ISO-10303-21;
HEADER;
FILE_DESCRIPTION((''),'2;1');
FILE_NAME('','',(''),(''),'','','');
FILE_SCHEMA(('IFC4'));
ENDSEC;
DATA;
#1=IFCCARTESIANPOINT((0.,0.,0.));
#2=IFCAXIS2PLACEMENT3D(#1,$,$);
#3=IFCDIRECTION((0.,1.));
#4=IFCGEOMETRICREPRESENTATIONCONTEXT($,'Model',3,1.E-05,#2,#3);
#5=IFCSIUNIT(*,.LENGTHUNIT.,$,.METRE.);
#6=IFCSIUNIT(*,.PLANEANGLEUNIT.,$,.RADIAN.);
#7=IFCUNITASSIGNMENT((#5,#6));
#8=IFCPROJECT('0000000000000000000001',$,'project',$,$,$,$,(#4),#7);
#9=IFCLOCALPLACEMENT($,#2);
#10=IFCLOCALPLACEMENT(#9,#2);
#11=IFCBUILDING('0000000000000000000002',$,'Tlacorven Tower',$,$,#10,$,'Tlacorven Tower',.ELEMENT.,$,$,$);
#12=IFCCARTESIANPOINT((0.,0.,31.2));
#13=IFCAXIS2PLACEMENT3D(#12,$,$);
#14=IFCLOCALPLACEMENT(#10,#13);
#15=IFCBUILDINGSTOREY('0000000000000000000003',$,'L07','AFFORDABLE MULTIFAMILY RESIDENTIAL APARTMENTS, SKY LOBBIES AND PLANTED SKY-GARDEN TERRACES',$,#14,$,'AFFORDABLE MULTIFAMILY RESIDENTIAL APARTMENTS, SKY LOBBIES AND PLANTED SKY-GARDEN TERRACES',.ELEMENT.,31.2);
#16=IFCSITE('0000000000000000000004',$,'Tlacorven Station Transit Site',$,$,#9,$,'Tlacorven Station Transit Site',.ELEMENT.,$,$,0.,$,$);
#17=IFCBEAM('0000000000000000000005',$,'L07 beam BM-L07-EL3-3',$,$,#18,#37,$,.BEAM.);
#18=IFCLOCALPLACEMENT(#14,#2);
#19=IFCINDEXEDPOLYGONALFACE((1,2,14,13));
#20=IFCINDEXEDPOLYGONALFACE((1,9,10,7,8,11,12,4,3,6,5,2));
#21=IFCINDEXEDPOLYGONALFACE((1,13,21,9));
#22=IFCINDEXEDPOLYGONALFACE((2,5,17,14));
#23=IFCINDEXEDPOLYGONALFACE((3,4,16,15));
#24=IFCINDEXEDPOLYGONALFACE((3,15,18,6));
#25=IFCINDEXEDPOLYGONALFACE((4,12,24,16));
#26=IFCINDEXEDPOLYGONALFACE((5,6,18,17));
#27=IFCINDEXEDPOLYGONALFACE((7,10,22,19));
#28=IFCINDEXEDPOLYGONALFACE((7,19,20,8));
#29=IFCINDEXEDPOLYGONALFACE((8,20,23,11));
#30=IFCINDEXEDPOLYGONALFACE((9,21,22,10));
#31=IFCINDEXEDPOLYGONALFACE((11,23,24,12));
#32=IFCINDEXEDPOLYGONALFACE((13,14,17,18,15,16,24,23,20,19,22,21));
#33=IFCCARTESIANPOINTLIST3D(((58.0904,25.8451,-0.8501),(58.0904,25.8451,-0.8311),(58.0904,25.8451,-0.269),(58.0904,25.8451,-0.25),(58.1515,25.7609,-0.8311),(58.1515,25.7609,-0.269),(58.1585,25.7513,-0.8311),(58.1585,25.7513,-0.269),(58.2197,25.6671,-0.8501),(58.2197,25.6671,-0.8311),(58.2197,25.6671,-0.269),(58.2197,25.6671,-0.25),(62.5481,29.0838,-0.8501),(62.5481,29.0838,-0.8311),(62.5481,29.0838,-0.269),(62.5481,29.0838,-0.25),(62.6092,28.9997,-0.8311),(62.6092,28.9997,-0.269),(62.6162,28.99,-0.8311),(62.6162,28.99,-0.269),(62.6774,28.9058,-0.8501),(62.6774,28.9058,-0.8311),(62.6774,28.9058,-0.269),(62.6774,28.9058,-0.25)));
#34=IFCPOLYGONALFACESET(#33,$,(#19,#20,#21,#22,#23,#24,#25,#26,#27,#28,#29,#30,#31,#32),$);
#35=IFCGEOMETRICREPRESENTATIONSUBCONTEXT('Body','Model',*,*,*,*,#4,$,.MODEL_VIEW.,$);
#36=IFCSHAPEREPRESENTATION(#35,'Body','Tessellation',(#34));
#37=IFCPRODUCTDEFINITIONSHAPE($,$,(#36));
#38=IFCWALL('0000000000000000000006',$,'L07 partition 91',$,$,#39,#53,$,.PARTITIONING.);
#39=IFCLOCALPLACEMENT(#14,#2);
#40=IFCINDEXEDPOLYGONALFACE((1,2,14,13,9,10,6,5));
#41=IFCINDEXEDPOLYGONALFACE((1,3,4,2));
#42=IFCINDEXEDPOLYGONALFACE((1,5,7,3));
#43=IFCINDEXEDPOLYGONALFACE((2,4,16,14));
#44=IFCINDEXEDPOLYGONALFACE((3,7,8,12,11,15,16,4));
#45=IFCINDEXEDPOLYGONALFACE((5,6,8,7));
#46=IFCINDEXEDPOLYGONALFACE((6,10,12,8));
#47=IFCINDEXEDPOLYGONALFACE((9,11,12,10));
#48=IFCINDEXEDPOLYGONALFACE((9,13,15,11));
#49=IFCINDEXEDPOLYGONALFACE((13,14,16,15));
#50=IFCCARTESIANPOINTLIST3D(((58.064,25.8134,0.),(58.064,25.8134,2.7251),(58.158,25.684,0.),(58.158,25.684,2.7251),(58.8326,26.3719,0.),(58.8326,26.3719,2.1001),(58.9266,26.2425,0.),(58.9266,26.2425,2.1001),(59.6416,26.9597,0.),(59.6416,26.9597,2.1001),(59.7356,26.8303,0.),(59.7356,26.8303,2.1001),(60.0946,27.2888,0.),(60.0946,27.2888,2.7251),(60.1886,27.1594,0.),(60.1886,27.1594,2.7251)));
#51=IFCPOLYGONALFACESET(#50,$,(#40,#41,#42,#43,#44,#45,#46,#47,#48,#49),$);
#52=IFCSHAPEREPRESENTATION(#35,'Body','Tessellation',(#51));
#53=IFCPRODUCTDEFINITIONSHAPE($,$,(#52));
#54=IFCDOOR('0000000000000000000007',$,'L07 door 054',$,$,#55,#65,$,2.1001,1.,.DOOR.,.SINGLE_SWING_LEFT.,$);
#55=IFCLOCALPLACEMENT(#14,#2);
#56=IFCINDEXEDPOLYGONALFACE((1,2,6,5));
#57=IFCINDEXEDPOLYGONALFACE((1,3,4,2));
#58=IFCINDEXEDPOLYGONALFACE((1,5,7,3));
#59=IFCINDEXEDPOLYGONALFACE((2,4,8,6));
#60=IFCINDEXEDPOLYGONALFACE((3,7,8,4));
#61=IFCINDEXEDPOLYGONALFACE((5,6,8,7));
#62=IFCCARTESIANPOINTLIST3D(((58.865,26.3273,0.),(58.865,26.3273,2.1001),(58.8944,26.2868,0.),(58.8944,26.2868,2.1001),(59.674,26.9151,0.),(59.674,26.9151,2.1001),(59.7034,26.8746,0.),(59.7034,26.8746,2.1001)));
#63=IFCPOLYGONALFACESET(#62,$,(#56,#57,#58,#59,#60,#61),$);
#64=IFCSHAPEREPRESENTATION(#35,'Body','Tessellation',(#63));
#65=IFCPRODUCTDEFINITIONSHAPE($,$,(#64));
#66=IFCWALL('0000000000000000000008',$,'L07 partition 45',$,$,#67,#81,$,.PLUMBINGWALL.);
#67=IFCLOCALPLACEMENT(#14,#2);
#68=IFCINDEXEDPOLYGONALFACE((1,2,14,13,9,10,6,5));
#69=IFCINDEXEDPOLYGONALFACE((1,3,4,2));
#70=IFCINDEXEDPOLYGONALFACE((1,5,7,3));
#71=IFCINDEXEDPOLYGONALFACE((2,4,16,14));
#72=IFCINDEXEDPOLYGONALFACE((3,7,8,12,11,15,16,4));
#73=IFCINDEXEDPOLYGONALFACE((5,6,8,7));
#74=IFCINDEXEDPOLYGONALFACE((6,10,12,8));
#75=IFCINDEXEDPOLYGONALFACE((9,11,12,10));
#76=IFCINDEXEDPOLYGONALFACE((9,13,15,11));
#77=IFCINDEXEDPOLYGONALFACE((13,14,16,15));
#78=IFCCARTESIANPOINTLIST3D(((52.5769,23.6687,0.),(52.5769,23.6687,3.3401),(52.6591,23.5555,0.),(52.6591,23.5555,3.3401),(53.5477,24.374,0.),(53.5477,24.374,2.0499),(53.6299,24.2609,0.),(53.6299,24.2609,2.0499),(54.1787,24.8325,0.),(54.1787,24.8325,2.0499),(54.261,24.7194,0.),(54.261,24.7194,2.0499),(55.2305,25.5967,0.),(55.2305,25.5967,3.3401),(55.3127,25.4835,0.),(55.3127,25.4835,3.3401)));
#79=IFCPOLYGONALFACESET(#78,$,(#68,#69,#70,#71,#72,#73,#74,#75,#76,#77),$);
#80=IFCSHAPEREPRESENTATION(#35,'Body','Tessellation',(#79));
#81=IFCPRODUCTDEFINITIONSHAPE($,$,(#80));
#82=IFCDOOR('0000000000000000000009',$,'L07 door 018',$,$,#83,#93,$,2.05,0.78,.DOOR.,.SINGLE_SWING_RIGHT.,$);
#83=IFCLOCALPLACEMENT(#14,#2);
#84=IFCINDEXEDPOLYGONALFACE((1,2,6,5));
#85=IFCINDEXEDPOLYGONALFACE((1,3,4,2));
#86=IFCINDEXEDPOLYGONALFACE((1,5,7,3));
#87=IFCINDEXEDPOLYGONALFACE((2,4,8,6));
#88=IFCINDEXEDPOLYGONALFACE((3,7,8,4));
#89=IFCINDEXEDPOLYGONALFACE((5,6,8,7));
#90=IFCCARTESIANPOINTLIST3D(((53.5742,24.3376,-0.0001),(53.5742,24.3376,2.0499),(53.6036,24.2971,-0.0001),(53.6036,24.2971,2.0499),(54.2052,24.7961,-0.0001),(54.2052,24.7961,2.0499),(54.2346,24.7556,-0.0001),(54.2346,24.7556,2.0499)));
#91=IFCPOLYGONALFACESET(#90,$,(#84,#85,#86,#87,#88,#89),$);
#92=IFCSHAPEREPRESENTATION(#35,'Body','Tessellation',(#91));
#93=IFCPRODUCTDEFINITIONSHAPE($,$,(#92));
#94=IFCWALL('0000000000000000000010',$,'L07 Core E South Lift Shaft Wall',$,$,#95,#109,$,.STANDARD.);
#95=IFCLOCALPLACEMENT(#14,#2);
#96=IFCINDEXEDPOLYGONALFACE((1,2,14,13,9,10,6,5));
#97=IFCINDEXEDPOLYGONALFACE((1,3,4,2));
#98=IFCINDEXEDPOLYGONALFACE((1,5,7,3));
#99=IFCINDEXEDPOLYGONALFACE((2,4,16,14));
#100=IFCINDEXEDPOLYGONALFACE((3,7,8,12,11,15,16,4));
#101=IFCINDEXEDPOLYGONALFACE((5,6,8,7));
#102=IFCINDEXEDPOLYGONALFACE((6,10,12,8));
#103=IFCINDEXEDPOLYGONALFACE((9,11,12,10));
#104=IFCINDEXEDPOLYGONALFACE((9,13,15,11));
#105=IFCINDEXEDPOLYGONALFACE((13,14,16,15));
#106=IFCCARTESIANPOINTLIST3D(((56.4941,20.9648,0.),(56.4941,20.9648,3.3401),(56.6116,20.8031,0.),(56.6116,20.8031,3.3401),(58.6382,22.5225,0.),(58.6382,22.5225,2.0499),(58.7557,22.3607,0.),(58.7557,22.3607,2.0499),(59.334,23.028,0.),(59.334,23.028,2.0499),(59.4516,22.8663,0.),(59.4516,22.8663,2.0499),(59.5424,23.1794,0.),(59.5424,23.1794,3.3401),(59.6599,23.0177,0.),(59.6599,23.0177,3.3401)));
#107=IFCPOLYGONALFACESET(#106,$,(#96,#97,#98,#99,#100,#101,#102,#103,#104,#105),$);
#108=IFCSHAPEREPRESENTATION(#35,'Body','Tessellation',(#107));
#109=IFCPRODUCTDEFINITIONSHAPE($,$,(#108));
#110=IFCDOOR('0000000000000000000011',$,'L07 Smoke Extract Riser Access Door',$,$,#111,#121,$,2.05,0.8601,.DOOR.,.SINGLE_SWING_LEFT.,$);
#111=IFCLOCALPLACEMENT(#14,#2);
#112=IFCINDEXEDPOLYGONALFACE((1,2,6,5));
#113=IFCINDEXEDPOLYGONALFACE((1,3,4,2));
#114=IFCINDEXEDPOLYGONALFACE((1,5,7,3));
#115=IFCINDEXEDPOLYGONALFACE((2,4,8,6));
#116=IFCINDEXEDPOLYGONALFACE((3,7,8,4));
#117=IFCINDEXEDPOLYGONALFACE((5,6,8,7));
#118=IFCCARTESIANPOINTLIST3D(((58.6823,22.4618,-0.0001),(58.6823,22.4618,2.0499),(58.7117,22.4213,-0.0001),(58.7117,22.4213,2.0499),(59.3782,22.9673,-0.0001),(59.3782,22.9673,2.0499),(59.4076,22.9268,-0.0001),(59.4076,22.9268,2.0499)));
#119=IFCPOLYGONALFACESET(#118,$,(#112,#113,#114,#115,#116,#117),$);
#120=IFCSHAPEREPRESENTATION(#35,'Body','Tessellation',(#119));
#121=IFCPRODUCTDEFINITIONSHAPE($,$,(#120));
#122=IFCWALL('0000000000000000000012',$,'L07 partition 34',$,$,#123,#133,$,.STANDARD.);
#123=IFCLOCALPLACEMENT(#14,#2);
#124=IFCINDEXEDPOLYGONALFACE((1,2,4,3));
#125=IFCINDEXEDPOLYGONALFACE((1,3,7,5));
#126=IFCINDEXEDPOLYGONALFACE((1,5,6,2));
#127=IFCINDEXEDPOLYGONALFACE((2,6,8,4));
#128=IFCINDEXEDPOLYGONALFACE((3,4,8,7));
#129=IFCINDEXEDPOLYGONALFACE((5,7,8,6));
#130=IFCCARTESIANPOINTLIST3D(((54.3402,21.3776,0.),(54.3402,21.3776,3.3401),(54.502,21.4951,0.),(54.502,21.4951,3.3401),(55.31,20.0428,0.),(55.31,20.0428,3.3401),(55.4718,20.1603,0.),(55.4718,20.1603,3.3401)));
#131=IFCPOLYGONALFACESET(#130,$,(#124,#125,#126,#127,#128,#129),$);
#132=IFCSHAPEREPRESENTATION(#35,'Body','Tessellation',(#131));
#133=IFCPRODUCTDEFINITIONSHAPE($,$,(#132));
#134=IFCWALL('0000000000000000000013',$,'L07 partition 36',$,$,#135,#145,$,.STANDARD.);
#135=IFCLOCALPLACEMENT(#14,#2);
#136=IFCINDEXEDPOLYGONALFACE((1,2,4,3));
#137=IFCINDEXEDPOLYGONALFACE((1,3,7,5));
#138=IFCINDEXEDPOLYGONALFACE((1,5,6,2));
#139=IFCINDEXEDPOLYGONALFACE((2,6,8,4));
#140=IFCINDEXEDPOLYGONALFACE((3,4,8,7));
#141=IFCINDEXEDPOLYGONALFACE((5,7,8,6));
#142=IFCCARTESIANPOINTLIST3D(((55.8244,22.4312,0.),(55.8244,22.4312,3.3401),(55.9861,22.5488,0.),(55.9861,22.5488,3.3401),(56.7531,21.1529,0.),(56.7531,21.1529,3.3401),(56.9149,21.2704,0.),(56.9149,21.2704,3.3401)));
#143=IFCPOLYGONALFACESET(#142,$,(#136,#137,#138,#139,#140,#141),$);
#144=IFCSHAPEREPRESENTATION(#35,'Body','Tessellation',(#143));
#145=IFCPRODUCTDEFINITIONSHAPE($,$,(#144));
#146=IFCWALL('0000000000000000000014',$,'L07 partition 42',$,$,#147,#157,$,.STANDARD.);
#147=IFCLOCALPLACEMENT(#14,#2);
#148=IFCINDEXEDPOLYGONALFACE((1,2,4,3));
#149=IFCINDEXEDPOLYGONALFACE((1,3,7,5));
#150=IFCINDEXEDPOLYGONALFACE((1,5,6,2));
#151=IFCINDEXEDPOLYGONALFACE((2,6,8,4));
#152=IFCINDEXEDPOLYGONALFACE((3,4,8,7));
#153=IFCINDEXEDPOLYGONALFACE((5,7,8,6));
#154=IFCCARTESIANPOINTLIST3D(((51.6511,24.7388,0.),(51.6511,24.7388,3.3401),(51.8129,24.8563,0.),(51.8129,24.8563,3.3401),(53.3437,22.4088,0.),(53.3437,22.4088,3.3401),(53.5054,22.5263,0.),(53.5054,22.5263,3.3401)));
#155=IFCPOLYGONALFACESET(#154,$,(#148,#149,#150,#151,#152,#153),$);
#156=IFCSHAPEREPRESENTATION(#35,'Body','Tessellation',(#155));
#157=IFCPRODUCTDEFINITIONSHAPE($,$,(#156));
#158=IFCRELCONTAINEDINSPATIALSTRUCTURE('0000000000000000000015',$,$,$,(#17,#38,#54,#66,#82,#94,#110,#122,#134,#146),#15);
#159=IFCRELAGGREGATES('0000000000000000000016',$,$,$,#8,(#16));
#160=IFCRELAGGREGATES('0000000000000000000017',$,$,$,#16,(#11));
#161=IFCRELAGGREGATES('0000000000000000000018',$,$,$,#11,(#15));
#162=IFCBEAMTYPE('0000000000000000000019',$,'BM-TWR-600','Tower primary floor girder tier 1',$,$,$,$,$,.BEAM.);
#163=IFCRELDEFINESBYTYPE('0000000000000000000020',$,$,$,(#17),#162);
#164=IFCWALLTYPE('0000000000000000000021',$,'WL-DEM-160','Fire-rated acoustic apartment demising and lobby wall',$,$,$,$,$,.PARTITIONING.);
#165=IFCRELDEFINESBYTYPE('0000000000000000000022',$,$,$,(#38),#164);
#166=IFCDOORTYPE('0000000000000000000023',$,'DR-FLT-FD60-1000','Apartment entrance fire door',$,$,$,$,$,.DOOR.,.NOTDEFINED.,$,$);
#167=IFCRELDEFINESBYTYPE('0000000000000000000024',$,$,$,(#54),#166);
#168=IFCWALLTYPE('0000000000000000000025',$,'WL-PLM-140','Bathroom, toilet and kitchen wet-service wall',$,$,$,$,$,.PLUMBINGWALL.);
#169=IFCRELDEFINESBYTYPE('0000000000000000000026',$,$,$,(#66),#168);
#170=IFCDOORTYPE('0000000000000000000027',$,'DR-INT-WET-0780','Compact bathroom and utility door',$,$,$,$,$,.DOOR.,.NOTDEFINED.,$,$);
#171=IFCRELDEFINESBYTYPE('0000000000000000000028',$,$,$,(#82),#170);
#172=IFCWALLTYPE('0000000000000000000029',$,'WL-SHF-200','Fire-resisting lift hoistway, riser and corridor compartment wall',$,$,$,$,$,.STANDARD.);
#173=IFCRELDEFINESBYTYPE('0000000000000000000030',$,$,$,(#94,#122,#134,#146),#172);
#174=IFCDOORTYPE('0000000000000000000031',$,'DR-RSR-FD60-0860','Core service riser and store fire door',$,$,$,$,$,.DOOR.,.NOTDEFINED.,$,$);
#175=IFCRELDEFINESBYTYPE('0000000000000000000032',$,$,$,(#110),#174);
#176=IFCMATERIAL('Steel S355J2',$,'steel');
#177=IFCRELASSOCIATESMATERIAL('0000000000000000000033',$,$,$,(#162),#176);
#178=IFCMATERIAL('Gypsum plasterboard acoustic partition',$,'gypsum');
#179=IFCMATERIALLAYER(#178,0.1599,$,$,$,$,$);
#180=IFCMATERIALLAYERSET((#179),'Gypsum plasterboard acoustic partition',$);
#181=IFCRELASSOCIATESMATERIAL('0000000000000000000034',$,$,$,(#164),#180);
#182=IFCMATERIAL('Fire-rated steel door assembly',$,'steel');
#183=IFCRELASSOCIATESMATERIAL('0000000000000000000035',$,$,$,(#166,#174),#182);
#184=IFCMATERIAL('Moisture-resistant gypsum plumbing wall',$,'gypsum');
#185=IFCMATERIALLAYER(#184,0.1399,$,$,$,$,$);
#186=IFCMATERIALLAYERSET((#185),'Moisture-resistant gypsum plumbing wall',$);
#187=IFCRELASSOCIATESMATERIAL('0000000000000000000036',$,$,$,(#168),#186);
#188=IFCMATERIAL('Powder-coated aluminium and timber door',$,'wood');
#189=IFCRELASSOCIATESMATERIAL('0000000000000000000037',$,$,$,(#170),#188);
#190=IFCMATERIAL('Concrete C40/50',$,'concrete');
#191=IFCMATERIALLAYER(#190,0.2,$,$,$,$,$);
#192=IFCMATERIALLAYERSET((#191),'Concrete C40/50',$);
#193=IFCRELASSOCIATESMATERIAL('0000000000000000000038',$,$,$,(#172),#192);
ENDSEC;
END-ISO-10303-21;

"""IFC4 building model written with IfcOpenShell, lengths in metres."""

from ifc_helpers import new_model, si_unit, direction, frame, frame_2d, origin, origin_2d, place, context, subcontext, project, spatial, rectangle, i_section, extrude, source, transform, mapped, material, layer, layer_set, material_profile, profile_set, type_object, element, fill, save


model = new_model("IFC4")

# Units and contexts
model_context = context("Model", 3, precision=1e-05, world=origin(), true_north=direction((0.0, 1.0)))
body_context = subcontext(model_context, "Body", "Model", "MODEL_VIEW")
ifc_project = project(units=[si_unit("LENGTHUNIT", "METRE"), si_unit("PLANEANGLEUNIT", "RADIAN")], contexts=[model_context])

# Site, building, storey
site_placement = place(None, origin())
site = spatial("IfcSite", under=ifc_project, at=site_placement, Name="Tlacorven Station Transit Site", LongName="Tlacorven Station Transit Site", CompositionType="ELEMENT", RefElevation=0.0)
building_placement = place(site_placement, origin())
building = spatial("IfcBuilding", under=site, at=building_placement, Name="Tlacorven Tower", LongName="Tlacorven Tower", CompositionType="ELEMENT")
storey_placement = place(building_placement, frame((0.0, 0.0, 31.2)))
storey = spatial("IfcBuildingStorey", under=building, at=storey_placement, Name="L07", Description="AFFORDABLE MULTIFAMILY RESIDENTIAL APARTMENTS, SKY LOBBIES AND PLANTED SKY-GARDEN TERRACES", LongName="AFFORDABLE MULTIFAMILY RESIDENTIAL APARTMENTS, SKY LOBBIES AND PLANTED SKY-GARDEN TERRACES", CompositionType="ELEMENT", Elevation=31.2)

# Beam
ifc_material_1 = material(Name="Steel S355J2", Category="steel")
ifc_material_profile = material_profile(ifc_material_1, i_section(OverallWidth=0.22, OverallDepth=0.6001, WebThickness=0.012, FlangeThickness=0.019, at=origin_2d()), Name="IPE 600")
ifc_profile_set = profile_set([ifc_material_profile], Name="Steel S355J2")
beam_type = type_object("IfcBeamType", Name="BM-TWR-600", Description="Tower primary floor girder tier 1", PredefinedType="BEAM", material=ifc_profile_set)
shared_shape_1 = source(origin(), body_context, "Body", "SweptSolid", [
    extrude(i_section(OverallWidth=0.22, OverallDepth=0.6001, WebThickness=0.012, FlangeThickness=0.019, at=origin_2d()), origin(), (0.0, 0.0, 1.0), 5.51),
])
beam_placement = place(storey_placement, frame((58.155, 25.7561, -0.55), z_axis=(0.809016, 0.587787, 0.0), x_axis=(-0.587787, 0.809016, 0.0)))
element("IfcBeam", 1, at=beam_placement, inside=storey, type_object=beam_type, Name="L07 beam BM-L07-EL3-3", PredefinedType="BEAM", context=body_context, shape_type="MappedRepresentation", body=[
    mapped(shared_shape_1, transform((0.0, 0.0, 0.0), scale=1.0)),
])

# Walls, openings, doors
ifc_material_2 = material(Name="Gypsum plasterboard acoustic partition", Category="gypsum")
ifc_layer_1 = layer(ifc_material_2, 0.1599)
ifc_layer_set_1 = layer_set([ifc_layer_1], Name="Gypsum plasterboard acoustic partition")
wall_type_1 = type_object("IfcWallType", Name="WL-DEM-160", Description="Fire-rated acoustic apartment demising and lobby wall", PredefinedType="PARTITIONING", material=ifc_layer_set_1)
wall_1_placement = place(storey_placement, frame((58.1111, 25.7488, 0.0), z_axis=(0.0, 0.0, 1.0), x_axis=(0.809001, 0.587807, 0.0)))
wall_1 = element("IfcWall", 2, at=wall_1_placement, inside=storey, type_object=wall_type_1, Name="L07 partition 91", PredefinedType="PARTITIONING", context=body_context, shape_type="SweptSolid", body=[
    extrude(rectangle(XDim=2.51, YDim=0.1599, at=frame_2d((1.2549, 0.0))), origin(), (0.0, 0.0, 1.0), 2.7251),
])
opening_1_placement = place(wall_1_placement, frame((0.95, 0.0, 0.0)))
opening_1 = element("IfcOpeningElement", 3, at=opening_1_placement, cuts=wall_1, PredefinedType="OPENING", context=body_context, shape_type="SweptSolid", body=[
    extrude(rectangle(XDim=1.0, YDim=2.1001, at=frame_2d((0.5, 1.05))), frame((0.0, 0.0898, 0.0), z_axis=(0.0, -1.0, 0.0), x_axis=(1.0, 0.0, 0.0)), (0.0, 0.0, 1.0), 0.1799),
])
ifc_material_3 = material(Name="Fire-rated steel door assembly", Category="steel")
door_type_1 = type_object("IfcDoorType", Name="DR-FLT-FD60-1000", Description="Apartment entrance fire door", OperationType="NOTDEFINED", PredefinedType="DOOR", material=ifc_material_3)
shared_shape_2 = source(origin(), body_context, "Body", "SweptSolid", [
    extrude(rectangle(XDim=1.0, YDim=2.1001, at=frame_2d((0.5, 1.05))), frame((0.0, 0.0249, 0.0), z_axis=(0.0, -1.0, 0.0), x_axis=(1.0, 0.0, 0.0)), (0.0, 0.0, 1.0), 0.05),
])
door_1_placement = place(opening_1_placement, origin())
door_1 = element("IfcDoor", 4, at=door_1_placement, inside=storey, type_object=door_type_1, Name="L07 door 054", OperationType="SINGLE_SWING_LEFT", OverallHeight=2.1001, OverallWidth=1.0, PredefinedType="DOOR", context=body_context, shape_type="MappedRepresentation", body=[
    mapped(shared_shape_2, transform((0.0, 0.0, 0.0), scale=1.0)),
])
fill(opening_1, door_1)
ifc_material_4 = material(Name="Moisture-resistant gypsum plumbing wall", Category="gypsum")
ifc_layer_2 = layer(ifc_material_4, 0.1399)
ifc_layer_set_2 = layer_set([ifc_layer_2], Name="Moisture-resistant gypsum plumbing wall")
wall_type_2 = type_object("IfcWallType", Name="WL-PLM-140", Description="Bathroom, toilet and kitchen wet-service wall", PredefinedType="PLUMBINGWALL", material=ifc_layer_set_2)
wall_2_placement = place(storey_placement, frame((52.6179, 23.6121, 0.0), z_axis=(0.0, 0.0, 1.0), x_axis=(0.80901, 0.587795, 0.0)))
wall_2 = element("IfcWall", 5, at=wall_2_placement, inside=storey, type_object=wall_type_2, Name="L07 partition 45", PredefinedType="PLUMBINGWALL", context=body_context, shape_type="SweptSolid", body=[
    extrude(rectangle(XDim=3.28, YDim=0.1399, at=frame_2d((1.6401, 0.0))), origin(), (0.0, 0.0, 1.0), 3.3401),
])
opening_2_placement = place(wall_2_placement, frame((1.2, 0.0, 0.0)))
opening_2 = element("IfcOpeningElement", 6, at=opening_2_placement, cuts=wall_2, PredefinedType="OPENING", context=body_context, shape_type="SweptSolid", body=[
    extrude(rectangle(XDim=0.78, YDim=2.05, at=frame_2d((0.3901, 1.0249))), frame((0.0, 0.0801, 0.0), z_axis=(0.0, -1.0, 0.0), x_axis=(1.0, 0.0, 0.0)), (0.0, 0.0, 1.0), 0.1599),
])
ifc_material_5 = material(Name="Powder-coated aluminium and timber door", Category="wood")
door_type_2 = type_object("IfcDoorType", Name="DR-INT-WET-0780", Description="Compact bathroom and utility door", OperationType="NOTDEFINED", PredefinedType="DOOR", material=ifc_material_5)
shared_shape_3 = source(origin(), body_context, "Body", "SweptSolid", [
    extrude(rectangle(XDim=0.78, YDim=2.05, at=frame_2d((0.3901, 1.0249))), frame((0.0, 0.0249, 0.0), z_axis=(0.0, -1.0, 0.0), x_axis=(1.0, 0.0, 0.0)), (0.0, 0.0, 1.0), 0.05),
])
door_2_placement = place(opening_2_placement, origin())
door_2 = element("IfcDoor", 7, at=door_2_placement, inside=storey, type_object=door_type_2, Name="L07 door 018", OperationType="SINGLE_SWING_RIGHT", OverallHeight=2.05, OverallWidth=0.78, PredefinedType="DOOR", context=body_context, shape_type="MappedRepresentation", body=[
    mapped(shared_shape_3, transform((0.0, 0.0, 0.0), scale=1.0)),
])
fill(opening_2, door_2)
ifc_material_6 = material(Name="Concrete C40/50", Category="concrete")
ifc_layer_3 = layer(ifc_material_6, 0.2)
ifc_layer_set_3 = layer_set([ifc_layer_3], Name="Concrete C40/50")
wall_type_3 = type_object("IfcWallType", Name="WL-SHF-200", Description="Fire-resisting lift hoistway, riser and corridor compartment wall", PredefinedType="STANDARD", material=ifc_layer_set_3)
wall_3_placement = place(storey_placement, frame((56.553, 20.884, 0.0), z_axis=(0.0, 0.0, 1.0), x_axis=(0.809036, 0.587759, 0.0)))
wall_3 = element("IfcWall", 8, at=wall_3_placement, inside=storey, type_object=wall_type_3, Name="L07 Core E South Lift Shaft Wall", PredefinedType="STANDARD", context=body_context, shape_type="SweptSolid", body=[
    extrude(rectangle(XDim=3.7678, YDim=0.2, at=frame_2d((1.8838, 0.0))), origin(), (0.0, 0.0, 1.0), 3.3401),
])
opening_3_placement = place(wall_3_placement, frame((2.6499, 0.0, 0.0)))
opening_3 = element("IfcOpeningElement", 9, at=opening_3_placement, cuts=wall_3, PredefinedType="OPENING", context=body_context, shape_type="SweptSolid", body=[
    extrude(rectangle(XDim=0.8601, YDim=2.05, at=frame_2d((0.4302, 1.0249))), frame((0.0, 0.1099, 0.0), z_axis=(0.0, -1.0, 0.0), x_axis=(1.0, 0.0, 0.0)), (0.0, 0.0, 1.0), 0.22),
])
door_type_3 = type_object("IfcDoorType", Name="DR-RSR-FD60-0860", Description="Core service riser and store fire door", OperationType="NOTDEFINED", PredefinedType="DOOR", material=ifc_material_3)
shared_shape_4 = source(origin(), body_context, "Body", "SweptSolid", [
    extrude(rectangle(XDim=0.8601, YDim=2.05, at=frame_2d((0.4302, 1.0249))), frame((0.0, 0.0249, 0.0), z_axis=(0.0, -1.0, 0.0), x_axis=(1.0, 0.0, 0.0)), (0.0, 0.0, 1.0), 0.05),
])
door_3_placement = place(opening_3_placement, origin())
door_3 = element("IfcDoor", 10, at=door_3_placement, inside=storey, type_object=door_type_3, Name="L07 Smoke Extract Riser Access Door", OperationType="SINGLE_SWING_LEFT", OverallHeight=2.05, OverallWidth=0.8601, PredefinedType="DOOR", context=body_context, shape_type="MappedRepresentation", body=[
    mapped(shared_shape_4, transform((0.0, 0.0, 0.0), scale=1.0)),
])
fill(opening_3, door_3)

# Walls
wall_4_placement = place(storey_placement, frame((55.3909, 20.1016, 0.0), z_axis=(0.0, 0.0, 1.0), x_axis=(-0.587784, 0.809018, 0.0)))
element("IfcWall", 11, at=wall_4_placement, inside=storey, type_object=wall_type_3, Name="L07 partition 34", PredefinedType="STANDARD", context=body_context, shape_type="SweptSolid", body=[
    extrude(rectangle(XDim=1.6499, YDim=0.2, at=frame_2d((0.825, 0.0))), origin(), (0.0, 0.0, 1.0), 3.3401),
])
wall_5_placement = place(storey_placement, frame((56.834, 21.2117, 0.0), z_axis=(0.0, 0.0, 1.0), x_axis=(-0.587767, 0.80903, 0.0)))
element("IfcWall", 12, at=wall_5_placement, inside=storey, type_object=wall_type_3, Name="L07 partition 36", PredefinedType="STANDARD", context=body_context, shape_type="SweptSolid", body=[
    extrude(rectangle(XDim=1.5801, YDim=0.2, at=frame_2d((0.79, 0.0))), origin(), (0.0, 0.0, 1.0), 3.3401),
])
wall_6_placement = place(storey_placement, frame((53.4246, 22.4675, 0.0), z_axis=(0.0, 0.0, 1.0), x_axis=(-0.587723, 0.809062, 0.0)))
element("IfcWall", 13, at=wall_6_placement, inside=storey, type_object=wall_type_3, Name="L07 partition 42", PredefinedType="STANDARD", context=body_context, shape_type="SweptSolid", body=[
    extrude(rectangle(XDim=2.8799, YDim=0.2, at=frame_2d((1.4399, 0.0))), origin(), (0.0, 0.0, 1.0), 3.3401),
])

save(model, "model.ifc")
